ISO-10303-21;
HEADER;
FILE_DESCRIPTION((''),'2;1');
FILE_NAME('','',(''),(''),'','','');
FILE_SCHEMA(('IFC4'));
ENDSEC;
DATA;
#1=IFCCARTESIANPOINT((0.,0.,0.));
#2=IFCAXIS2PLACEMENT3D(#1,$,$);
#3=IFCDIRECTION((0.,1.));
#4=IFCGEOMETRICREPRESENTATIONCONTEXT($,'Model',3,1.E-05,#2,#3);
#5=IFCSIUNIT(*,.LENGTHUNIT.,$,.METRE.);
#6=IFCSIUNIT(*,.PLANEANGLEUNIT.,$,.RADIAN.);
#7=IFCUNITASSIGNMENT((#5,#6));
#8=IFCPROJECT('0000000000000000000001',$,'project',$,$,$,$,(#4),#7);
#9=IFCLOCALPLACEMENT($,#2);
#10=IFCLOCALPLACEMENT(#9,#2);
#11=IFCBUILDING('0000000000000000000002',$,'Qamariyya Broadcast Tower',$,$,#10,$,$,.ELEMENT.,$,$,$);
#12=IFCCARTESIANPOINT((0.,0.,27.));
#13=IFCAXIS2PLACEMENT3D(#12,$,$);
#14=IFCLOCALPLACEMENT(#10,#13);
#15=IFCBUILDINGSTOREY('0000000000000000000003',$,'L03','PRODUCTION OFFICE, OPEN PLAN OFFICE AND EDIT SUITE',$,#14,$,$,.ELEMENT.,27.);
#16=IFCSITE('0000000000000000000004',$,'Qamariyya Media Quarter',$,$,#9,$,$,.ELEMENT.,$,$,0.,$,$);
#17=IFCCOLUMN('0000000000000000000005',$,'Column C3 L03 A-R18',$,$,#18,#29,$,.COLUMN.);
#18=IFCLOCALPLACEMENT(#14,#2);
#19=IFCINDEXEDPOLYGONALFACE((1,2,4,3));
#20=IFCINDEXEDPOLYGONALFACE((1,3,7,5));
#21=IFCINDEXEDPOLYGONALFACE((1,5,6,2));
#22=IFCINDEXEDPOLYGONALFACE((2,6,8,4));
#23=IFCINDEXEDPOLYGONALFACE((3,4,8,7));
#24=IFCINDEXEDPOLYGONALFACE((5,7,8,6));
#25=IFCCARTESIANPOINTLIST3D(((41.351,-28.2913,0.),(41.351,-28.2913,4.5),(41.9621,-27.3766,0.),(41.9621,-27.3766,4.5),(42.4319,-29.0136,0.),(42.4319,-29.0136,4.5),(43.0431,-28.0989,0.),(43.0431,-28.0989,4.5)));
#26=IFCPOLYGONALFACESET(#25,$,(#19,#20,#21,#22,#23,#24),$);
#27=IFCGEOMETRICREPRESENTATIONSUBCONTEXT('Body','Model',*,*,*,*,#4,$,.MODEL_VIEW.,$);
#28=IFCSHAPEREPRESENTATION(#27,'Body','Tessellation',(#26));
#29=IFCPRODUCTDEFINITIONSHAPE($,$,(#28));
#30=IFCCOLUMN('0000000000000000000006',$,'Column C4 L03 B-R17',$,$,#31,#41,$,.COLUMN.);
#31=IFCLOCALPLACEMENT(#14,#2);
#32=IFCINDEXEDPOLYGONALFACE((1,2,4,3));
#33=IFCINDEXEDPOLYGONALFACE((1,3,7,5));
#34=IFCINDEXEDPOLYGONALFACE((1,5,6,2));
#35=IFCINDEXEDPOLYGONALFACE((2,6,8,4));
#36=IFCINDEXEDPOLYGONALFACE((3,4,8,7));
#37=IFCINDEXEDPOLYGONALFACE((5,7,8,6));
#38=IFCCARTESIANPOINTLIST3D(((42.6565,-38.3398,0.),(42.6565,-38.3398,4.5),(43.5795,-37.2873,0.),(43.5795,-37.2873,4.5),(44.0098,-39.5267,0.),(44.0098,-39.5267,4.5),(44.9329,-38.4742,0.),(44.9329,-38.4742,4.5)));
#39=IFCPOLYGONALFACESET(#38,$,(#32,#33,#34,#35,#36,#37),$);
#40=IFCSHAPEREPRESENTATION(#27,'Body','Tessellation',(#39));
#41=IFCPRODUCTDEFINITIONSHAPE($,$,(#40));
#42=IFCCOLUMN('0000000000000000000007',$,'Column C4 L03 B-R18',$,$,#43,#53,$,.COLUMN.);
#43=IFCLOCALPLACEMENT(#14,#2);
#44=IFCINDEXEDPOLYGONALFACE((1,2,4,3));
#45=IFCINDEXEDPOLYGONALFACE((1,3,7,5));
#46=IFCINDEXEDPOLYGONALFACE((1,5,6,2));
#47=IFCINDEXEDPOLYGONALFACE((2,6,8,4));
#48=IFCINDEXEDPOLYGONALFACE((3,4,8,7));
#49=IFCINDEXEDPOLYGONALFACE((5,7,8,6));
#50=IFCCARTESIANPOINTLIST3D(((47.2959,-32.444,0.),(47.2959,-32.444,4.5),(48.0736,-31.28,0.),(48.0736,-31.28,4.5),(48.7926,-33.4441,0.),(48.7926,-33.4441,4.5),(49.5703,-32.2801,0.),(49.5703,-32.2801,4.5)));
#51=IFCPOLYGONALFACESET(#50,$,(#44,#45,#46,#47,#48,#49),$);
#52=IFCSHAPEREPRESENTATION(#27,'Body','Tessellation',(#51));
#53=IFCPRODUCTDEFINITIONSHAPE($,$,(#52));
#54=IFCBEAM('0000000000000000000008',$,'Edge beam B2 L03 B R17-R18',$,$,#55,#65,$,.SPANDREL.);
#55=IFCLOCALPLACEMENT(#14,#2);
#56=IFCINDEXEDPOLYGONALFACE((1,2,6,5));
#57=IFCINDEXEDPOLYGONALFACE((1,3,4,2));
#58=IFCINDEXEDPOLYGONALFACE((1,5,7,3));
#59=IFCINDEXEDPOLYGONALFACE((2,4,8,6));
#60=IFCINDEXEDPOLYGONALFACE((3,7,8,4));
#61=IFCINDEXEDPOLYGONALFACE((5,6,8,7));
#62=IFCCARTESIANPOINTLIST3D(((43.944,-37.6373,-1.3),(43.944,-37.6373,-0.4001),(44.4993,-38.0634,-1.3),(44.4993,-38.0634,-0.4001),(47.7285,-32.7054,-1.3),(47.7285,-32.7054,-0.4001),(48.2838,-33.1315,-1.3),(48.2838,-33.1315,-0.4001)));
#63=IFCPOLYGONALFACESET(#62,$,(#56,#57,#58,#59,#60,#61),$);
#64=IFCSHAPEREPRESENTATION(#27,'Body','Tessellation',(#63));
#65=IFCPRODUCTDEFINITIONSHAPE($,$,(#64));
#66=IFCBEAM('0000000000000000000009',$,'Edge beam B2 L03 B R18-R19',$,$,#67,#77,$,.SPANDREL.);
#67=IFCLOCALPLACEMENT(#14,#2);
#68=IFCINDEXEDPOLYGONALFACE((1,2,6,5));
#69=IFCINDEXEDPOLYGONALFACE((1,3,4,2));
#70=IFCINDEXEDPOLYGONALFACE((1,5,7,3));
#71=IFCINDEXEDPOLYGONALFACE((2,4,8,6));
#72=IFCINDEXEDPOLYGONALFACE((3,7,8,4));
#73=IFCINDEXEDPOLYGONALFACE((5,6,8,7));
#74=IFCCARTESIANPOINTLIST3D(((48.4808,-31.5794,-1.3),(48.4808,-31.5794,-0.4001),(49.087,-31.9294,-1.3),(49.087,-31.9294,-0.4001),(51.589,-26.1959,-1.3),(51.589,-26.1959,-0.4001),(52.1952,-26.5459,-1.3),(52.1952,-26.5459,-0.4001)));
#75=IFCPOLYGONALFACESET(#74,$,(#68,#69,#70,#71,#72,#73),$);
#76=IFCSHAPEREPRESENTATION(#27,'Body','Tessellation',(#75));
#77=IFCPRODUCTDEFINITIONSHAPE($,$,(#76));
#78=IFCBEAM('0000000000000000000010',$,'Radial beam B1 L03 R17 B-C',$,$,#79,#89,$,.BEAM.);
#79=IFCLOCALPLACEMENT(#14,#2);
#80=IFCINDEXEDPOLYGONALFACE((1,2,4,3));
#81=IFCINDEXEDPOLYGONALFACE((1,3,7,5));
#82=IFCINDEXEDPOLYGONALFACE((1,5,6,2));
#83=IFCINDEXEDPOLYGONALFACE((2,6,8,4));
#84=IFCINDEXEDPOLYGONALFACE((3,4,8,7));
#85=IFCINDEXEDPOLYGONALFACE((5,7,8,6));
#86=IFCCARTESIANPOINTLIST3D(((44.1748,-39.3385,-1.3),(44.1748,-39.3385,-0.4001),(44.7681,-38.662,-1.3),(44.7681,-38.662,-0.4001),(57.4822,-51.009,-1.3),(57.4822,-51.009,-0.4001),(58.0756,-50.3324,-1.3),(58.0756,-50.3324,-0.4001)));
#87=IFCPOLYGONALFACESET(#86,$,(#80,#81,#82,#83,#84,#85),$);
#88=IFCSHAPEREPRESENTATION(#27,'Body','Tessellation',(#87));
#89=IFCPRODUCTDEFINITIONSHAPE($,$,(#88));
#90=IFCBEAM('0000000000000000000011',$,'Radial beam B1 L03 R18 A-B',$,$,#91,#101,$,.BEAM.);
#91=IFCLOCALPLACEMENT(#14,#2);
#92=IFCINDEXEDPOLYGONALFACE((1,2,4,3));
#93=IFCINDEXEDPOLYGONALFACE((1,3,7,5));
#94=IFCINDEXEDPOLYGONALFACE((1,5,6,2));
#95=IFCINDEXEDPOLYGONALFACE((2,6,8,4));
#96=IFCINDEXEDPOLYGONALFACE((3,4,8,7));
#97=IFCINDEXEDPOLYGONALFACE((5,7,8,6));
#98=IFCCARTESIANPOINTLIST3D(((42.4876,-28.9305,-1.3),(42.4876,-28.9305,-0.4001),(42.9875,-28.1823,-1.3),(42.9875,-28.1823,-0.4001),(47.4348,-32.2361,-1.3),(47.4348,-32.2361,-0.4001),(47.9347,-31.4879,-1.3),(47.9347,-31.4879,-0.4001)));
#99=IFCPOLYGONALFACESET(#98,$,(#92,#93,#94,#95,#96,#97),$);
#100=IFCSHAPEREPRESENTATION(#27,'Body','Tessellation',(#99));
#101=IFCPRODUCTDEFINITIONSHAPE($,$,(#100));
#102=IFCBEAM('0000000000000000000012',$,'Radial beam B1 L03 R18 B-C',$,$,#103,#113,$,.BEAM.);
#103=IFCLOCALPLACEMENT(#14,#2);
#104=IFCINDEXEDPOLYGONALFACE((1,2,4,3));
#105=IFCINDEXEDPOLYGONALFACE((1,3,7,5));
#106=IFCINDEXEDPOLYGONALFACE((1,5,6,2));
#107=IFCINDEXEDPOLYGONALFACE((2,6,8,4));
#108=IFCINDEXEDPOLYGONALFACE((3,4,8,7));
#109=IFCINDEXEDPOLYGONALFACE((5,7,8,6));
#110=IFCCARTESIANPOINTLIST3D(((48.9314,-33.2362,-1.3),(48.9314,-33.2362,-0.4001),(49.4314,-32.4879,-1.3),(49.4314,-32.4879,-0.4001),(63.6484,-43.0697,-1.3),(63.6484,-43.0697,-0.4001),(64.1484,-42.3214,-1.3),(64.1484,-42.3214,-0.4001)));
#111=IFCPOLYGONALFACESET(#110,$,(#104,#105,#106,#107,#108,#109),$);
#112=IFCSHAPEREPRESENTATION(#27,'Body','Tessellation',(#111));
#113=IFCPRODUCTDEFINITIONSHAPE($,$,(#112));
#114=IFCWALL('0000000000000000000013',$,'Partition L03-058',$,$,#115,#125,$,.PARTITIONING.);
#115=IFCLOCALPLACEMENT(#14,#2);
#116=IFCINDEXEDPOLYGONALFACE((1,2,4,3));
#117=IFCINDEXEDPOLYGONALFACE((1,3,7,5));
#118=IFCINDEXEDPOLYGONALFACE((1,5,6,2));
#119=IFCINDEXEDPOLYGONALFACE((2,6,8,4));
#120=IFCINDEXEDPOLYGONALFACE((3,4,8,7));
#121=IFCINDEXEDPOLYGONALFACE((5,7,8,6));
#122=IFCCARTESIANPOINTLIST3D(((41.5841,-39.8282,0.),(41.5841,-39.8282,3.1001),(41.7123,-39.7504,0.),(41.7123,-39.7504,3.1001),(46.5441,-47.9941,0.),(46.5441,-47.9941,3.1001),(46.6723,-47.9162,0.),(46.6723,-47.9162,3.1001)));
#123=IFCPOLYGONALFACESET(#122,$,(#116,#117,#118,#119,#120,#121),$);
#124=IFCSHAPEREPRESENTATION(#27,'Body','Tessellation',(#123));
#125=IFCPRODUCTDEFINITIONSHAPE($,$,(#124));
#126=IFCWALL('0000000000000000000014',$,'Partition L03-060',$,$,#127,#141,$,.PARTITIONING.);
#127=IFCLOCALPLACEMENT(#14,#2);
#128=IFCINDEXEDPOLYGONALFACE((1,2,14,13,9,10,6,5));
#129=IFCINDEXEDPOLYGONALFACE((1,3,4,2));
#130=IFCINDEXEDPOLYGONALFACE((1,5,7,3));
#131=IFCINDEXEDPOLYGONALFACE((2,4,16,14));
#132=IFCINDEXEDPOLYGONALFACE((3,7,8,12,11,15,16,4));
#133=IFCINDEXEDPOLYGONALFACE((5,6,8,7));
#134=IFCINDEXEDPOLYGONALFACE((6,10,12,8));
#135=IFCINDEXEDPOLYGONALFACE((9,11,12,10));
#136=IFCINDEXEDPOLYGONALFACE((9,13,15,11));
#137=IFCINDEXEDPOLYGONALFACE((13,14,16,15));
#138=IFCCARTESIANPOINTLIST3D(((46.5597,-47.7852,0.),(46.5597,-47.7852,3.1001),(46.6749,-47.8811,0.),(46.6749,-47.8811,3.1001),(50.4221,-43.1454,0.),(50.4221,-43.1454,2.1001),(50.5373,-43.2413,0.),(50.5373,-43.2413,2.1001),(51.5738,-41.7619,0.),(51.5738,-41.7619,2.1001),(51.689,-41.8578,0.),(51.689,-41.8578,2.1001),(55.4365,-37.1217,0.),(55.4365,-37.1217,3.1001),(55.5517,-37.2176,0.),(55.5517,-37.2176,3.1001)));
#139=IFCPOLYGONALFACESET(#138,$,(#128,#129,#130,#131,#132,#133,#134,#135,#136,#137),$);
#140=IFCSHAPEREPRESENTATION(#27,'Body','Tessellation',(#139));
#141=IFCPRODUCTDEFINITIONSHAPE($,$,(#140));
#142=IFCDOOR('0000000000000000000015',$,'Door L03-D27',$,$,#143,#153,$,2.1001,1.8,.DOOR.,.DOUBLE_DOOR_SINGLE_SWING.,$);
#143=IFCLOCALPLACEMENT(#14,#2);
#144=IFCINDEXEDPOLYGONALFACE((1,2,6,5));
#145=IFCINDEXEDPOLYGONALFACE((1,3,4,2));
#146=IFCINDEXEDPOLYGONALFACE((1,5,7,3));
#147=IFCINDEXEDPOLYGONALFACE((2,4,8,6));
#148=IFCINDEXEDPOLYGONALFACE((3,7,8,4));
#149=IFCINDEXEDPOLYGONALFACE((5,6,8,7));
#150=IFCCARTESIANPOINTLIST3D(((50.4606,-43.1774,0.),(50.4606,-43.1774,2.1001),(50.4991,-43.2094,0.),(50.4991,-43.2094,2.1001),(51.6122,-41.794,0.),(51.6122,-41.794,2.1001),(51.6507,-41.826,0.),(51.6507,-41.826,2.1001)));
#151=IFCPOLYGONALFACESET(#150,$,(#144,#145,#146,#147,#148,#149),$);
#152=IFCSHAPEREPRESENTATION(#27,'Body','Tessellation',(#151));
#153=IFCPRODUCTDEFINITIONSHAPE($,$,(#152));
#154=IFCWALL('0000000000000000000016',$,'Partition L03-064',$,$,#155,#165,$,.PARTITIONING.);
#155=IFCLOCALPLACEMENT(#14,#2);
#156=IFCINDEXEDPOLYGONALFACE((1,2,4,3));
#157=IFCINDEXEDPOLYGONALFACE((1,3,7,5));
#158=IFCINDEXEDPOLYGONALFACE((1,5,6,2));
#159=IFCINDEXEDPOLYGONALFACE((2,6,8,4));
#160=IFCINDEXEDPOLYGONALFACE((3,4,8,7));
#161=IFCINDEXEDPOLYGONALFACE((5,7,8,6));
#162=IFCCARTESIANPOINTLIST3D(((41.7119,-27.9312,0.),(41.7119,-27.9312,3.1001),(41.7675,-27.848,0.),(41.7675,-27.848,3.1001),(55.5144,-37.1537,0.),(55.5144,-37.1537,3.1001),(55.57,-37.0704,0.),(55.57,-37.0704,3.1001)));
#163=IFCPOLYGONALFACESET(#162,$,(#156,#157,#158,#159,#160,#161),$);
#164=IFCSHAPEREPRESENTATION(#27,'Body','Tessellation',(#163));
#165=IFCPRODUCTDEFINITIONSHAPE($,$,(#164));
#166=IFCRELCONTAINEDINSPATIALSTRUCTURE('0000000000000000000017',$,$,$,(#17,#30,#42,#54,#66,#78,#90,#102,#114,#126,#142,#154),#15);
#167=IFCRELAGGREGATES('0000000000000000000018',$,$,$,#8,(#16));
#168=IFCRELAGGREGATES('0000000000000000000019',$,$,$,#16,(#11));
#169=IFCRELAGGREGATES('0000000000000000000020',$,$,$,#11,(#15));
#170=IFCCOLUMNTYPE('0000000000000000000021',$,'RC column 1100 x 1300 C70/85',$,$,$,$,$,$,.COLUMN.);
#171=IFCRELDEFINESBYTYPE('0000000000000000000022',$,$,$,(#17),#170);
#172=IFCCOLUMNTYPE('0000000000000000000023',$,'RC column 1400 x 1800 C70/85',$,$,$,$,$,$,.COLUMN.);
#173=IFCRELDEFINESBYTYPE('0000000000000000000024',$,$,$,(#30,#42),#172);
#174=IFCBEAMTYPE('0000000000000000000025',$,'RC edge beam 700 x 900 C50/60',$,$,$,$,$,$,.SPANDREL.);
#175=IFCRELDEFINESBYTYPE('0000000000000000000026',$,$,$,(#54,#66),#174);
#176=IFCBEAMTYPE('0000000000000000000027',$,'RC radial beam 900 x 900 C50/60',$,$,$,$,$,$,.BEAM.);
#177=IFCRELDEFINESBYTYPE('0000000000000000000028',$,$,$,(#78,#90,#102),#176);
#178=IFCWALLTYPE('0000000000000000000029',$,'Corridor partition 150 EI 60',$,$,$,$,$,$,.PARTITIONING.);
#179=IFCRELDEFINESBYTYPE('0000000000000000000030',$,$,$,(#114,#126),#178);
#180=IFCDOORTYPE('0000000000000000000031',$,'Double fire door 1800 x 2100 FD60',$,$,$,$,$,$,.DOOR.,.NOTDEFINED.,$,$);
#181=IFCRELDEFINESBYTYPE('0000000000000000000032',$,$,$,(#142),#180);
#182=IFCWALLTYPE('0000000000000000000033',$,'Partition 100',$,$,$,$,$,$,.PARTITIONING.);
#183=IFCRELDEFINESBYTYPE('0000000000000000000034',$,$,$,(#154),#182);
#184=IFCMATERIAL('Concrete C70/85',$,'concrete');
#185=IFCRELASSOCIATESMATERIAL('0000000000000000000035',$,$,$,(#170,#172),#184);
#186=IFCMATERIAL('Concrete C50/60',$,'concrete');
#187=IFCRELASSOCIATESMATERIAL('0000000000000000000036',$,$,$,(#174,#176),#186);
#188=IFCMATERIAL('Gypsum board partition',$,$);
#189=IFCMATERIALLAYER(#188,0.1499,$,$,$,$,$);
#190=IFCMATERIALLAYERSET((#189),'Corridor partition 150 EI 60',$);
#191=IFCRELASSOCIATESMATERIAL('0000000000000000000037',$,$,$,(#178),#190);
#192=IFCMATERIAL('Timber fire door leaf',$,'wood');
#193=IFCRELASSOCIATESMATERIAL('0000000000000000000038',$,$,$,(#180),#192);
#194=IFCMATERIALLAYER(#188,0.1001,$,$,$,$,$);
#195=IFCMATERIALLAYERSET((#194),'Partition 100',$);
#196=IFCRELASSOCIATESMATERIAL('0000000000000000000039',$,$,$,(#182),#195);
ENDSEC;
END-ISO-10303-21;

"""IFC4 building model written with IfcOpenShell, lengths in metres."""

from ifc_helpers import new_model, si_unit, direction, frame, frame_2d, origin, origin_2d, place, context, subcontext, project, spatial, rectangle, extrude, material, layer, layer_set, material_profile, profile_set, type_object, element, fill, save


model = new_model("IFC4")

# Units and contexts
model_context = context("Model", 3, precision=1e-05, world=origin(), true_north=direction((0.0, 1.0)))
body_context = subcontext(model_context, "Body", "Model", "MODEL_VIEW")
ifc_project = project(units=[si_unit("LENGTHUNIT", "METRE"), si_unit("PLANEANGLEUNIT", "RADIAN")], contexts=[model_context])

# Site, building, storey
site_placement = place(None, origin())
site = spatial("IfcSite", under=ifc_project, at=site_placement, Name="Qamariyya Media Quarter", CompositionType="ELEMENT", RefElevation=0.0)
building_placement = place(site_placement, origin())
building = spatial("IfcBuilding", under=site, at=building_placement, Name="Qamariyya Broadcast Tower", CompositionType="ELEMENT")
storey_placement = place(building_placement, frame((0.0, 0.0, 27.0)))
storey = spatial("IfcBuildingStorey", under=building, at=storey_placement, Name="L03", Description="PRODUCTION OFFICE, OPEN PLAN OFFICE AND EDIT SUITE", CompositionType="ELEMENT", Elevation=27.0)

# Columns
ifc_material_1 = material(Name="Concrete C70/85", Category="concrete")
ifc_material_profile_1 = material_profile(ifc_material_1, rectangle(XDim=1.1001, YDim=1.3, at=origin_2d()))
ifc_profile_set_1 = profile_set([ifc_material_profile_1], Name="Concrete C70/85")
column_type_1 = type_object("IfcColumnType", Name="RC column 1100 x 1300 C70/85", PredefinedType="COLUMN", material=ifc_profile_set_1)
column_placement = place(storey_placement, frame((42.197, -28.1951, 0.0), z_axis=(0.0, 0.0, 1.0), x_axis=(0.55557, 0.83147, 0.0)))
element("IfcColumn", 1, at=column_placement, inside=storey, type_object=column_type_1, Name="Column C3 L03 A-R18", PredefinedType="COLUMN", context=body_context, shape_type="SweptSolid", body=[
    extrude(rectangle(XDim=1.1001, YDim=1.3, at=origin_2d()), origin(), (0.0, 0.0, 1.0), 4.5),
])
ifc_material_profile_2 = material_profile(ifc_material_1, rectangle(XDim=1.3999, YDim=1.8, at=origin_2d()))
ifc_profile_set_2 = profile_set([ifc_material_profile_2], Name="Concrete C70/85")
column_type_2 = type_object("IfcColumnType", Name="RC column 1400 x 1800 C70/85", PredefinedType="COLUMN", material=ifc_profile_set_2)
for number, where, z_axis, x_axis, name in (
    (2, (43.7947, -38.407, 0.0), (0.0, 0.0, 1.0), (0.659346, 0.75184, 0.0), "Column C4 L03 B-R17"),
    (3, (48.4331, -32.3621, 0.0), (0.0, 0.0, 1.0), (0.55557, 0.83147, 0.0), "Column C4 L03 B-R18"),
):
    element("IfcColumn", number, at=place(storey_placement, frame(where, z_axis=z_axis, x_axis=x_axis)), inside=storey, type_object=column_type_2, Name=name, PredefinedType="COLUMN", context=body_context, shape_type="SweptSolid", body=[
        extrude(rectangle(XDim=1.3999, YDim=1.8, at=origin_2d()), origin(), (0.0, 0.0, 1.0), 4.5),
    ])

# Beams
ifc_material_2 = material(Name="Concrete C50/60", Category="concrete")
ifc_material_profile_3 = material_profile(ifc_material_2, rectangle(XDim=0.7, YDim=0.8999, at=origin_2d()))
ifc_profile_set_3 = profile_set([ifc_material_profile_3], Name="Concrete C50/60")
beam_type_1 = type_object("IfcBeamType", Name="RC edge beam 700 x 900 C50/60", PredefinedType="SPANDREL", material=ifc_profile_set_3)
beam_1_placement = place(storey_placement, frame((44.2217, -37.8503, -0.8501), z_axis=(0.608767, 0.793349, 0.0), x_axis=(-0.793349, 0.608767, 0.0)))
element("IfcBeam", 4, at=beam_1_placement, inside=storey, type_object=beam_type_1, Name="Edge beam B2 L03 B R17-R18", PredefinedType="SPANDREL", context=body_context, shape_type="SweptSolid", body=[
    extrude(rectangle(XDim=0.7, YDim=0.8999, at=origin_2d()), origin(), (0.0, 0.0, 1.0), 6.2166),
])
beam_2_placement = place(storey_placement, frame((48.7839, -31.7544, -0.8501), z_axis=(0.499996, 0.866028, 0.0), x_axis=(-0.866028, 0.499996, 0.0)))
element("IfcBeam", 5, at=beam_2_placement, inside=storey, type_object=beam_type_1, Name="Edge beam B2 L03 B R18-R19", PredefinedType="SPANDREL", context=body_context, shape_type="SweptSolid", body=[
    extrude(rectangle(XDim=0.7, YDim=0.8999, at=origin_2d()), origin(), (0.0, 0.0, 1.0), 6.2163),
])
ifc_material_profile_4 = material_profile(ifc_material_2, rectangle(XDim=0.8999, YDim=0.8999, at=origin_2d()))
ifc_profile_set_4 = profile_set([ifc_material_profile_4], Name="Concrete C50/60")
beam_type_2 = type_object("IfcBeamType", Name="RC radial beam 900 x 900 C50/60", PredefinedType="BEAM", material=ifc_profile_set_4)
beam_3_placement = place(storey_placement, frame((44.4714, -39.0002, -0.8501), z_axis=(0.751835, -0.659351, 0.0), x_axis=(0.659351, 0.751835, 0.0)))
element("IfcBeam", 6, at=beam_3_placement, inside=storey, type_object=beam_type_2, Name="Radial beam B1 L03 R17 B-C", PredefinedType="BEAM", context=body_context, shape_type="SweptSolid", body=[
    extrude(rectangle(XDim=0.8999, YDim=0.8999, at=origin_2d()), origin(), (0.0, 0.0, 1.0), 17.7),
])
beam_4_placement = place(storey_placement, frame((42.7375, -28.5564, -0.8501), z_axis=(0.831469, -0.555571, 0.0), x_axis=(0.555571, 0.831469, 0.0)))
element("IfcBeam", 7, at=beam_4_placement, inside=storey, type_object=beam_type_2, Name="Radial beam B1 L03 R18 A-B", PredefinedType="BEAM", context=body_context, shape_type="SweptSolid", body=[
    extrude(rectangle(XDim=0.8999, YDim=0.8999, at=origin_2d()), origin(), (0.0, 0.0, 1.0), 5.95),
])
beam_5_placement = place(storey_placement, frame((49.1814, -32.8621, -0.8501), z_axis=(0.831473, -0.555566, 0.0), x_axis=(0.555566, 0.831473, 0.0)))
element("IfcBeam", 8, at=beam_5_placement, inside=storey, type_object=beam_type_2, Name="Radial beam B1 L03 R18 B-C", PredefinedType="BEAM", context=body_context, shape_type="SweptSolid", body=[
    extrude(rectangle(XDim=0.8999, YDim=0.8999, at=origin_2d()), origin(), (0.0, 0.0, 1.0), 17.7),
])

# Wall
ifc_material_3 = material(Name="Gypsum board partition")
ifc_layer_1 = layer(ifc_material_3, 0.1499)
ifc_layer_set_1 = layer_set([ifc_layer_1], Name="Corridor partition 150 EI 60")
wall_type_1 = type_object("IfcWallType", Name="Corridor partition 150 EI 60", PredefinedType="PARTITIONING", material=ifc_layer_set_1)
wall_1_placement = place(storey_placement, frame((41.6482, -39.7893, 0.0), z_axis=(0.0, 0.0, 1.0), x_axis=(0.519144, -0.854687, 0.0)))
element("IfcWall", 9, at=wall_1_placement, inside=storey, type_object=wall_type_1, Name="Partition L03-058", PredefinedType="PARTITIONING", context=body_context, shape_type="SweptSolid", body=[
    extrude(rectangle(XDim=9.5542, YDim=0.1499, at=frame_2d((4.7771, 0.0))), origin(), (0.0, 0.0, 1.0), 3.1001),
])

# Wall, opening, door
wall_2_placement = place(storey_placement, frame((46.6172, -47.8333, 0.0), z_axis=(0.0, 0.0, 1.0), x_axis=(0.639786, 0.768553, 0.0)))
wall_2 = element("IfcWall", 10, at=wall_2_placement, inside=storey, type_object=wall_type_1, Name="Partition L03-060", PredefinedType="PARTITIONING", context=body_context, shape_type="SweptSolid", body=[
    extrude(rectangle(XDim=13.8748, YDim=0.1499, at=frame_2d((6.9375, 0.0))), origin(), (0.0, 0.0, 1.0), 3.1001),
])
opening_1_placement = place(wall_2_placement, frame((6.0374, 0.0, 0.0)))
opening_1 = element("IfcOpeningElement", 11, at=opening_1_placement, cuts=wall_2, PredefinedType="OPENING", context=body_context, shape_type="SweptSolid", body=[
    extrude(rectangle(XDim=1.8, YDim=2.1001, at=frame_2d((0.8999, 1.05))), frame((0.0, 0.085, 0.0), z_axis=(0.0, -1.0, 0.0), x_axis=(1.0, 0.0, 0.0)), (0.0, 0.0, 1.0), 0.1699),
])
ifc_material_4 = material(Name="Timber fire door leaf", Category="wood")
door_type = type_object("IfcDoorType", Name="Double fire door 1800 x 2100 FD60", OperationType="NOTDEFINED", PredefinedType="DOOR", material=ifc_material_4)
door_placement = place(opening_1_placement, origin())
door = element("IfcDoor", 12, at=door_placement, inside=storey, type_object=door_type, Name="Door L03-D27", OperationType="DOUBLE_DOOR_SINGLE_SWING", OverallHeight=2.1001, OverallWidth=1.8, PredefinedType="DOOR", context=body_context, shape_type="SweptSolid", body=[
    extrude(rectangle(XDim=1.8, YDim=2.1001, at=frame_2d((0.8999, 1.05))), frame((0.0, 0.0249, 0.0), z_axis=(0.0, -1.0, 0.0), x_axis=(1.0, 0.0, 0.0)), (0.0, 0.0, 1.0), 0.05),
])
fill(opening_1, door)

# Wall
ifc_layer_2 = layer(ifc_material_3, 0.1001)
ifc_layer_set_2 = layer_set([ifc_layer_2], Name="Partition 100")
wall_type_2 = type_object("IfcWallType", Name="Partition 100", PredefinedType="PARTITIONING", material=ifc_layer_set_2)
wall_3_placement = place(storey_placement, frame((55.5422, -37.1121, 0.0), z_axis=(0.0, 0.0, 1.0), x_axis=(-0.831473, 0.555565, 0.0)))
element("IfcWall", 13, at=wall_3_placement, inside=storey, type_object=wall_type_2, Name="Partition L03-064", PredefinedType="PARTITIONING", context=body_context, shape_type="SweptSolid", body=[
    extrude(rectangle(XDim=16.6001, YDim=0.1001, at=frame_2d((8.3, 0.0))), origin(), (0.0, 0.0, 1.0), 3.1001),
])

save(model, "model.ifc")
